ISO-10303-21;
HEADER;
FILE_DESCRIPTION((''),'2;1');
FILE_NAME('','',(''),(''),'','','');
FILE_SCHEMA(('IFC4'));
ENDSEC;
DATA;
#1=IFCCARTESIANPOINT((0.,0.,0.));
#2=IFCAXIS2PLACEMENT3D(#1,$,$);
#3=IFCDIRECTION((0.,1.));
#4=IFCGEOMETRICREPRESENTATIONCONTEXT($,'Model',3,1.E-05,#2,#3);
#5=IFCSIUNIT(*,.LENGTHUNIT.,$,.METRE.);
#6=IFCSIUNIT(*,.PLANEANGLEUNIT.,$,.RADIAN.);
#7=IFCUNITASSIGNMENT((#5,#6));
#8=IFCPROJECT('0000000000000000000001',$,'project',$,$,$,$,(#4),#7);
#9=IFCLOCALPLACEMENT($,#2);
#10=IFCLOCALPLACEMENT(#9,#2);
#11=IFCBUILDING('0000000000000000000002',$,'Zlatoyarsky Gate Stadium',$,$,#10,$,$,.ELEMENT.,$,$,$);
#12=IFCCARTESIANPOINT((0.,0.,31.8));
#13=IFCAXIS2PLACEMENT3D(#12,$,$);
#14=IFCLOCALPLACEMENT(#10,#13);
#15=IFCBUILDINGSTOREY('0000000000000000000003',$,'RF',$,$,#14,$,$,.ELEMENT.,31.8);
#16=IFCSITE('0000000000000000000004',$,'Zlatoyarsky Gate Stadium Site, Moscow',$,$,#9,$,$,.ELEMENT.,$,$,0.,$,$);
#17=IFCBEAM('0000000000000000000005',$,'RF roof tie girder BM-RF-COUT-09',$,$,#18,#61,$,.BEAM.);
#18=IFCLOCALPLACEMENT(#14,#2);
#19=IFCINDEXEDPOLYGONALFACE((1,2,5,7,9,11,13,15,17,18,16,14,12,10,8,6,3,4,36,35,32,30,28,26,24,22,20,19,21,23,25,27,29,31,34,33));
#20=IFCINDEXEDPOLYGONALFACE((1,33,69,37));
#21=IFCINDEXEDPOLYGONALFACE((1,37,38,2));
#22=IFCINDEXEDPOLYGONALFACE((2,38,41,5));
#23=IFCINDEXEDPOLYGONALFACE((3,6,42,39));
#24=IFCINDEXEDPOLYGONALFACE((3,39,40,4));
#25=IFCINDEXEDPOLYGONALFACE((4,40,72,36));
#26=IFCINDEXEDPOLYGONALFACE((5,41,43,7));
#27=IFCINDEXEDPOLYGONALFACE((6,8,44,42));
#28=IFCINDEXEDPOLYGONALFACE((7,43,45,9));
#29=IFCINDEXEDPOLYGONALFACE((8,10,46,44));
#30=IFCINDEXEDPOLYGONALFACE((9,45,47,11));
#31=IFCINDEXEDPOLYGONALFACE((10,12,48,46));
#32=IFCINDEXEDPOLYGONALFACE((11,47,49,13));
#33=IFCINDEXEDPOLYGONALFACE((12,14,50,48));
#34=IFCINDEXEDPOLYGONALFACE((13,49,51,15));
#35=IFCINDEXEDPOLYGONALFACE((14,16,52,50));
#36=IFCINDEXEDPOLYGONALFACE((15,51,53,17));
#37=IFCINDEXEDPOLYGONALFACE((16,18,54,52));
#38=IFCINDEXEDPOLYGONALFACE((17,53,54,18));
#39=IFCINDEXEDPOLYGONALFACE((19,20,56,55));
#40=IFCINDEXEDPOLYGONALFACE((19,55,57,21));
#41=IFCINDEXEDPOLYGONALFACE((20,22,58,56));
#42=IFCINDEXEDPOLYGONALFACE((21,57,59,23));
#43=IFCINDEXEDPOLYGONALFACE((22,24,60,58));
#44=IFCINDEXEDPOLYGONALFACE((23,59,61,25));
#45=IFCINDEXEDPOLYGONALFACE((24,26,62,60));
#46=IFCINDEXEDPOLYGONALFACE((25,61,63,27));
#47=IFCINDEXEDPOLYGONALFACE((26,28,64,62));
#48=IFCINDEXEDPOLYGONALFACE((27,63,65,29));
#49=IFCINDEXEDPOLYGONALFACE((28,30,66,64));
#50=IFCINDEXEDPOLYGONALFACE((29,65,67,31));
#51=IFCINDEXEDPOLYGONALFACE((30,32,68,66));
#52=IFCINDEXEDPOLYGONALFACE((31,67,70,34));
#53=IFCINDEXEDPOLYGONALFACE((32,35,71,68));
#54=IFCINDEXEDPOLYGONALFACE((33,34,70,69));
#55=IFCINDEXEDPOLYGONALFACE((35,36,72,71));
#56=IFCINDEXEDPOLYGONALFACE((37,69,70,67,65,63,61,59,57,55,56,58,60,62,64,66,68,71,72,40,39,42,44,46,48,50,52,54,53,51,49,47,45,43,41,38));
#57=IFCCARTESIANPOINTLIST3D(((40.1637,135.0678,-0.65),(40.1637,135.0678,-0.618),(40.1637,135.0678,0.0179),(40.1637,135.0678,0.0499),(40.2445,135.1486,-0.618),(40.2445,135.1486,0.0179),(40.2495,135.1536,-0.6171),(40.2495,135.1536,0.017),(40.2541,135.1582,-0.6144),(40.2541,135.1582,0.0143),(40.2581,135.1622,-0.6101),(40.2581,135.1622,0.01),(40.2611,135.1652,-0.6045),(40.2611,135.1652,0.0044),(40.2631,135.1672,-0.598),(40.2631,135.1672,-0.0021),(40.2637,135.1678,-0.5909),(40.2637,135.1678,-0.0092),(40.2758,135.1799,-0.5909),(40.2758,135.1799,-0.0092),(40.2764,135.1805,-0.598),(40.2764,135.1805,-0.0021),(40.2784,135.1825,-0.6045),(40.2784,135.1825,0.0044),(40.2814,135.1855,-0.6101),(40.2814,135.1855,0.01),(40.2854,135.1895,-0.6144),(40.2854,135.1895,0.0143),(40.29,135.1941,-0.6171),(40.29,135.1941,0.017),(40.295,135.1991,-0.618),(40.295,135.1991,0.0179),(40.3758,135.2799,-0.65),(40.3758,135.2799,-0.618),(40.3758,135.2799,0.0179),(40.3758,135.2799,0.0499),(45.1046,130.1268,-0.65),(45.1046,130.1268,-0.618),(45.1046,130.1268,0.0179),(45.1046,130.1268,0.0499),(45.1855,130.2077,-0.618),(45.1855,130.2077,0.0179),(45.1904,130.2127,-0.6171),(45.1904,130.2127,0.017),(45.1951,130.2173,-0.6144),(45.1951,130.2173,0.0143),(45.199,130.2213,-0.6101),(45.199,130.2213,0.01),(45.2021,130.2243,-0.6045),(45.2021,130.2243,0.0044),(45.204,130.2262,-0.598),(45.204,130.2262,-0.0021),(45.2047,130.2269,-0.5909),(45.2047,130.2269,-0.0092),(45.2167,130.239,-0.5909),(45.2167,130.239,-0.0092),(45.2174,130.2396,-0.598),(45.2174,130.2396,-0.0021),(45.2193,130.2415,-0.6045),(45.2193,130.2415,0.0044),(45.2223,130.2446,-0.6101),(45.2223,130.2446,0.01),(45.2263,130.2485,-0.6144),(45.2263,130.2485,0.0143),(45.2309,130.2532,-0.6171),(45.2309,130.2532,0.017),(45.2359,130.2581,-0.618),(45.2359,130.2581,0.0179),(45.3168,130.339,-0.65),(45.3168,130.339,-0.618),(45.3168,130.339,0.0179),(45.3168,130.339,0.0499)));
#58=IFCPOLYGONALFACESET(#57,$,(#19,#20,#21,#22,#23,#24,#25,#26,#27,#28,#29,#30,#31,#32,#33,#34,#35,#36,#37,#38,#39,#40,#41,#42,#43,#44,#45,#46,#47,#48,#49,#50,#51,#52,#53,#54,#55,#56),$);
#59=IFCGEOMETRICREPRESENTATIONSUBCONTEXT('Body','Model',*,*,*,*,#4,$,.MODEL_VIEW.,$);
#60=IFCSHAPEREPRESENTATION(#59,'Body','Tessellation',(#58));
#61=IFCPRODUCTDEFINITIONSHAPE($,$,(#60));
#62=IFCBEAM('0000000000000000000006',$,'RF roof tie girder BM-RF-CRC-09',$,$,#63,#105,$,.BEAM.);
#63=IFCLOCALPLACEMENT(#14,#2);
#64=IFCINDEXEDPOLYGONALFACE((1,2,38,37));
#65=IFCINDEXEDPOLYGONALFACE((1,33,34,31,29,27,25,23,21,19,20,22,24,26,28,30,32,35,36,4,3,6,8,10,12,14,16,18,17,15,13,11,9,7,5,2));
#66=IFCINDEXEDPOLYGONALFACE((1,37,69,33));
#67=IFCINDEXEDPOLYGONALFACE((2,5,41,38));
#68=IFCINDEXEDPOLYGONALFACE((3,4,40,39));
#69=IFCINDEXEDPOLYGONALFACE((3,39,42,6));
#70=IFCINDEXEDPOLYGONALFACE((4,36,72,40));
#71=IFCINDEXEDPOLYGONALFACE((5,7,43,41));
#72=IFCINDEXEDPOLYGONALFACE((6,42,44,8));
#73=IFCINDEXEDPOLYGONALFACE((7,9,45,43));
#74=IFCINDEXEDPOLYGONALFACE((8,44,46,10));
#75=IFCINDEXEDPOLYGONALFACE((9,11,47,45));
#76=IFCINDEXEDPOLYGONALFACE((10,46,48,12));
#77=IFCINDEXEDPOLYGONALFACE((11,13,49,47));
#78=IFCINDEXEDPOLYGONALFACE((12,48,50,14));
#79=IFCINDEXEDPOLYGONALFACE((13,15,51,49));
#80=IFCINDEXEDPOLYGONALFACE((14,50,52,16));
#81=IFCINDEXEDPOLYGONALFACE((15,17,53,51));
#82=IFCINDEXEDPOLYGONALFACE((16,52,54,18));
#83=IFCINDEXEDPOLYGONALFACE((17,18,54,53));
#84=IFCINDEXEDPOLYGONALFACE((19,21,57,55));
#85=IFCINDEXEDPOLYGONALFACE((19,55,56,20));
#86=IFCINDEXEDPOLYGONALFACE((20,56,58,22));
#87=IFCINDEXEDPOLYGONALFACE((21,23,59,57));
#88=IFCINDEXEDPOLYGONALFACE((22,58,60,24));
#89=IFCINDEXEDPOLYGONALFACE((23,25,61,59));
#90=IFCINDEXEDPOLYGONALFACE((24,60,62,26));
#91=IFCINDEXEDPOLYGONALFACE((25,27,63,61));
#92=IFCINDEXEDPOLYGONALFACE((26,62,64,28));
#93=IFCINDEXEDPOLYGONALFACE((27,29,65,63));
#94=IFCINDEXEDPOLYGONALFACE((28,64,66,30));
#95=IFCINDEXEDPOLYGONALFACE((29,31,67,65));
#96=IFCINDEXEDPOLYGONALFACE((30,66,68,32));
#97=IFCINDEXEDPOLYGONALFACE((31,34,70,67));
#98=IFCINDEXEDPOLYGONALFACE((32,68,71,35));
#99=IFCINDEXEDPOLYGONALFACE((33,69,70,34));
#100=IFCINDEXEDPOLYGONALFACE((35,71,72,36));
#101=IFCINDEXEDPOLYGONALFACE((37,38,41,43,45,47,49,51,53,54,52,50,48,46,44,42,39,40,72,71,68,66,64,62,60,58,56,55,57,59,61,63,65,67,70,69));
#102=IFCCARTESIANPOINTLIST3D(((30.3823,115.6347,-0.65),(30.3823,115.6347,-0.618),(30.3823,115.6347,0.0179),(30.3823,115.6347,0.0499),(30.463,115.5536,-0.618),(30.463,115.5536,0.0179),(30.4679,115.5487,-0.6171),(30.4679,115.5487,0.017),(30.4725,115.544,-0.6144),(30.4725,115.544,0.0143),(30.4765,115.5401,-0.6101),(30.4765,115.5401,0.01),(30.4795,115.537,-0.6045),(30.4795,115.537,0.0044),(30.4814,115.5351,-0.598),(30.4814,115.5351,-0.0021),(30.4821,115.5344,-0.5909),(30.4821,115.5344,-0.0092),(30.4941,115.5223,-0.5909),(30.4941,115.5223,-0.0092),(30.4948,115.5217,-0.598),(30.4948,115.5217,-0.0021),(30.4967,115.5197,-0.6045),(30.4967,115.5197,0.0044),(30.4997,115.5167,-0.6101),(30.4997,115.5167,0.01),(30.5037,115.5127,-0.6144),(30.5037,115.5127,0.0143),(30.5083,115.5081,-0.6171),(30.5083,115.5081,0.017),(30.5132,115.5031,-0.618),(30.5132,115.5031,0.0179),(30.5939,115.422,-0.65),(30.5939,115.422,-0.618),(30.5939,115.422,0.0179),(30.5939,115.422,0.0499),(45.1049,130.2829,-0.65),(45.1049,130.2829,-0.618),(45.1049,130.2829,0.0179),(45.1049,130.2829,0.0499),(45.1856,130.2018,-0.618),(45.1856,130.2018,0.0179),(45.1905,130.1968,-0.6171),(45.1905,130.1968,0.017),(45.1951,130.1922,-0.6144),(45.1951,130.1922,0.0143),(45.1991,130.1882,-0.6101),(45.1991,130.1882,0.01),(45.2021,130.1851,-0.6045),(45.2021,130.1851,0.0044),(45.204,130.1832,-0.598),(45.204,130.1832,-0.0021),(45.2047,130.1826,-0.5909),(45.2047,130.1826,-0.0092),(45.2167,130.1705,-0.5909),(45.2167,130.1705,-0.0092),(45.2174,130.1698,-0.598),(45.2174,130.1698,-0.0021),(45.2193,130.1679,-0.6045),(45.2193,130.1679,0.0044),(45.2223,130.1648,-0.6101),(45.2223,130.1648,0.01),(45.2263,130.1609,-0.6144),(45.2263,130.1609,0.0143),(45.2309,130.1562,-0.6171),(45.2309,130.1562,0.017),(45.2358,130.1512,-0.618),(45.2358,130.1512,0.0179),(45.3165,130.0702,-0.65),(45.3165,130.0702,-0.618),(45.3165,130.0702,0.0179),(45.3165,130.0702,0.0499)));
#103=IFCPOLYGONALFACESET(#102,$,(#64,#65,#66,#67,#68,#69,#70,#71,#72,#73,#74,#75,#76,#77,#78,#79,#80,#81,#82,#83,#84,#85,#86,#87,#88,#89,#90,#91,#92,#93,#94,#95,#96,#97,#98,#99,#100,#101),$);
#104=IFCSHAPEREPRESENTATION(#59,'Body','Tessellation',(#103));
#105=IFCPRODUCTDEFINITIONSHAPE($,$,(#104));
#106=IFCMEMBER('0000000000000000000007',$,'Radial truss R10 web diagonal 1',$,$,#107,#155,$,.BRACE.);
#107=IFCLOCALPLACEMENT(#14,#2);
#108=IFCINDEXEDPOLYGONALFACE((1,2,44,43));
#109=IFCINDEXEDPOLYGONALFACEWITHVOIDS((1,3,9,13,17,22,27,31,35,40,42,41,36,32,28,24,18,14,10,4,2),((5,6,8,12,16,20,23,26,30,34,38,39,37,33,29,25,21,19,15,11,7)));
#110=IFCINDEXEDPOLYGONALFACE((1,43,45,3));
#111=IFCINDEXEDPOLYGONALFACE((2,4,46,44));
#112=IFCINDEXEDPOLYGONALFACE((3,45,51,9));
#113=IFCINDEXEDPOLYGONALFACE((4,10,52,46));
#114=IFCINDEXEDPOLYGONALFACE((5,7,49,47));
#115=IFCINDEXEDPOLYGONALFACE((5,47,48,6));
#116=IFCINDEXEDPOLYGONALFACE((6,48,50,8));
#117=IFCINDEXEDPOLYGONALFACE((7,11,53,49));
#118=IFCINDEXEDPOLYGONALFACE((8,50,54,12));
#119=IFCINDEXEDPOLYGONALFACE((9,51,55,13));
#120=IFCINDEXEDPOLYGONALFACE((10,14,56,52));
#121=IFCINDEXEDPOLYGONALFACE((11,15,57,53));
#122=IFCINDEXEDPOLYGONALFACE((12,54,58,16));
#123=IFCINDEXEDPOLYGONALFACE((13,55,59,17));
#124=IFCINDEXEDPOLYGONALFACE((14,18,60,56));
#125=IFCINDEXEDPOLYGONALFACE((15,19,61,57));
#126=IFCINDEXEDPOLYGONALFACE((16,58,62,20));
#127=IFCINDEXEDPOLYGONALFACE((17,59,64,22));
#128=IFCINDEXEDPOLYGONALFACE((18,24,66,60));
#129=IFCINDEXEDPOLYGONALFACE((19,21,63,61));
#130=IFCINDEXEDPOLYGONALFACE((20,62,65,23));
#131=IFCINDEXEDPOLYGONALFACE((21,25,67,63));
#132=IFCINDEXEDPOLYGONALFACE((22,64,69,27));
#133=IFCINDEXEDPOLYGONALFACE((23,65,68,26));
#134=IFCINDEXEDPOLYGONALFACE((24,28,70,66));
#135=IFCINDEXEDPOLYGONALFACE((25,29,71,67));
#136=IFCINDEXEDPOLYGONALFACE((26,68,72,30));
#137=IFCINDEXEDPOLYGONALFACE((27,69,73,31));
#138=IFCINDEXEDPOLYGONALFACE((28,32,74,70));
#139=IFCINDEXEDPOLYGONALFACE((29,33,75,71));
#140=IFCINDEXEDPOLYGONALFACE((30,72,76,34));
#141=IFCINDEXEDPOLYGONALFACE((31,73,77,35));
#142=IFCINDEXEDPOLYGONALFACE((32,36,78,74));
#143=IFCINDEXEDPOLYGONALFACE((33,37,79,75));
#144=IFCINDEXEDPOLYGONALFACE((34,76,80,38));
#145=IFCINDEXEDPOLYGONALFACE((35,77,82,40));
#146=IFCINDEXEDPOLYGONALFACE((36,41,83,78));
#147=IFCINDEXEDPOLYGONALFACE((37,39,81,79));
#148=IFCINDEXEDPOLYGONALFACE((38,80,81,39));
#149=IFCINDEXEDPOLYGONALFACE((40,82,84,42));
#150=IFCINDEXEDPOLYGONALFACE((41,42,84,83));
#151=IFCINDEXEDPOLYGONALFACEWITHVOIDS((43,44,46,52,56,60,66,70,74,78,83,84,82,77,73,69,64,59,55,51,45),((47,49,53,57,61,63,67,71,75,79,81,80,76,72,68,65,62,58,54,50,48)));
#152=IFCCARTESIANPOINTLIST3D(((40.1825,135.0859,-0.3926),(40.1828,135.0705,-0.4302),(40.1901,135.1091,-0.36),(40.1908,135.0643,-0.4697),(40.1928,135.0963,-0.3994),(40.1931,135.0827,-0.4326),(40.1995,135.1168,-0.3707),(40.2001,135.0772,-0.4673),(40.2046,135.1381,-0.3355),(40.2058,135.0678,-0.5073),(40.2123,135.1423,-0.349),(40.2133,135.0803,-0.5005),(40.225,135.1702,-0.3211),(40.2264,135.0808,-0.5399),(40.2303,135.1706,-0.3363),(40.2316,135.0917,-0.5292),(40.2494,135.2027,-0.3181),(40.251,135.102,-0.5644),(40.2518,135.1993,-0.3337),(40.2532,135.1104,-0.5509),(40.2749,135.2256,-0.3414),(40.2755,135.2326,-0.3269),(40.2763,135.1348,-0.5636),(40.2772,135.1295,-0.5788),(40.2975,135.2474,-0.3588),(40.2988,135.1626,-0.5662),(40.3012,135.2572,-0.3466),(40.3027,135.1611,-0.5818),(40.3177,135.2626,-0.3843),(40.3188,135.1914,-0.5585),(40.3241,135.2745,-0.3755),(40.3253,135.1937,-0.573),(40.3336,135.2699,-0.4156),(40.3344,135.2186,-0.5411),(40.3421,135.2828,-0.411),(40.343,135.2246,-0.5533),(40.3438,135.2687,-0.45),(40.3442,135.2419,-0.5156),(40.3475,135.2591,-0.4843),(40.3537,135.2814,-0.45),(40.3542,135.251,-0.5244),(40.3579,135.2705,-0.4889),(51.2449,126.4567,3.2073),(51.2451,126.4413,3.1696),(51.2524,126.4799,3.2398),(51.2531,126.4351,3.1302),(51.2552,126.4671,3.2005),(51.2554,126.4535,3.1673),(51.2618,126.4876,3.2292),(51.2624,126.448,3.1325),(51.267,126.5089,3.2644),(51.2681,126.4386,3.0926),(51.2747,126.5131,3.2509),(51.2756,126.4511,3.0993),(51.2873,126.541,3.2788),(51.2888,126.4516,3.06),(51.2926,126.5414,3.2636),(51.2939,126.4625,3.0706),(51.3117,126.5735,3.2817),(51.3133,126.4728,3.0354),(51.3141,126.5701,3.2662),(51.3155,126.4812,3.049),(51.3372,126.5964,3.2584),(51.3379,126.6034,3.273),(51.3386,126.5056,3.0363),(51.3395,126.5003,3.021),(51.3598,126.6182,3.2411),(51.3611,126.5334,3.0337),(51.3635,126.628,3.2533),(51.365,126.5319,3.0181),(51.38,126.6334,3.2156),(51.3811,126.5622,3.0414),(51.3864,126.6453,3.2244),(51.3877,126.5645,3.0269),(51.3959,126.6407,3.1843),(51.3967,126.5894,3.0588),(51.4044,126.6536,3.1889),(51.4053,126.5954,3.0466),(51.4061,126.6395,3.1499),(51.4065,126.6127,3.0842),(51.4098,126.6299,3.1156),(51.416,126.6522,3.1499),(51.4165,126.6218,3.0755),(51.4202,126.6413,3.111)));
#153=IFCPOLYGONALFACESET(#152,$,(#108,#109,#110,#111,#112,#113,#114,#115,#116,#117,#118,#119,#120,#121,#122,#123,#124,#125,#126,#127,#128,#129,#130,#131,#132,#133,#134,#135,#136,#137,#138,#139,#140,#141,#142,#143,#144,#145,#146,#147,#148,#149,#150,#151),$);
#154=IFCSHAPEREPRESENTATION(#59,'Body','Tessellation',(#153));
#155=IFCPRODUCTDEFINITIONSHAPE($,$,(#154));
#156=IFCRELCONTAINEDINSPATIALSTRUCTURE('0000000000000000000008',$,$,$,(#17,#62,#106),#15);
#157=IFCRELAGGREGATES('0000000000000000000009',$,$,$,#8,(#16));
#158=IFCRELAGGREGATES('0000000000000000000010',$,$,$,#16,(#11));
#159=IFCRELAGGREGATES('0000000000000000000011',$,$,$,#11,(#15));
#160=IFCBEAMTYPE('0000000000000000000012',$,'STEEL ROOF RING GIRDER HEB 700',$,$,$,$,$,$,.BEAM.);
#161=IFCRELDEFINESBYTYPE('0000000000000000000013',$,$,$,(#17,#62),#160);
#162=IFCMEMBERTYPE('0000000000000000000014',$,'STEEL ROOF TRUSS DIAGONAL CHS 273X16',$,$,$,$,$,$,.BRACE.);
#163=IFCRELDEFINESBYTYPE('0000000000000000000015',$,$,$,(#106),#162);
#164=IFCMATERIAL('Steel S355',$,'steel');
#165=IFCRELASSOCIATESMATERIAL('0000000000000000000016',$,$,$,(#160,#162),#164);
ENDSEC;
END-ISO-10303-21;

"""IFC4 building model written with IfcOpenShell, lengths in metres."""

from ifc_helpers import new_model, si_unit, direction, frame, origin, origin_2d, place, context, subcontext, project, spatial, hollow_circle, i_section, extrude, material, material_profile, profile_set, type_object, element, save


model = new_model("IFC4")

# Units and contexts
model_context = context("Model", 3, precision=1e-05, world=origin(), true_north=direction((0.0, 1.0)))
body_context = subcontext(model_context, "Body", "Model", "MODEL_VIEW")
ifc_project = project(units=[si_unit("LENGTHUNIT", "METRE"), si_unit("PLANEANGLEUNIT", "RADIAN")], contexts=[model_context])

# Site, building, storey
site_placement = place(None, origin())
site = spatial("IfcSite", under=ifc_project, at=site_placement, Name="Zlatoyarsky Gate Stadium Site, Moscow", CompositionType="ELEMENT", RefElevation=0.0)
building_placement = place(site_placement, origin())
building = spatial("IfcBuilding", under=site, at=building_placement, Name="Zlatoyarsky Gate Stadium", CompositionType="ELEMENT")
storey_placement = place(building_placement, frame((0.0, 0.0, 31.8)))
storey = spatial("IfcBuildingStorey", under=building, at=storey_placement, Name="RF", CompositionType="ELEMENT", Elevation=31.8)

# Shared definitions
ifc_material_1 = material(Name="Steel S355", Category="steel")

# Beams
ifc_material_profile_1 = material_profile(ifc_material_1, i_section(OverallWidth=0.3, OverallDepth=0.7, WebThickness=0.0171, FlangeThickness=0.032, FilletRadius=0.0271, at=origin_2d()), Name="HEB 700")
ifc_profile_set_1 = profile_set([ifc_material_profile_1], Name="Steel S355")
beam_type = type_object("IfcBeamType", Name="STEEL ROOF RING GIRDER HEB 700", PredefinedType="BEAM", material=ifc_profile_set_1)
beam_1_placement = place(storey_placement, frame((45.2107, 130.2329, -0.3), z_axis=(-0.707107, 0.707107, 0.0), x_axis=(-0.707107, -0.707107, 0.0)))
element("IfcBeam", 1, at=beam_1_placement, inside=storey, type_object=beam_type, Name="RF roof tie girder BM-RF-COUT-09", PredefinedType="BEAM", context=body_context, shape_type="SweptSolid", body=[
    extrude(i_section(OverallWidth=0.3, OverallDepth=0.7, WebThickness=0.0171, FlangeThickness=0.032, FilletRadius=0.0271, at=origin_2d()), origin(), (0.0, 0.0, 1.0), 6.9875),
])
beam_2_placement = place(storey_placement, frame((45.2107, 130.1765, -0.3), z_axis=(-0.708897, -0.705312, 0.0), x_axis=(0.705312, -0.708897, 0.0)))
element("IfcBeam", 2, at=beam_2_placement, inside=storey, type_object=beam_type, Name="RF roof tie girder BM-RF-CRC-09", PredefinedType="BEAM", context=body_context, shape_type="SweptSolid", body=[
    extrude(i_section(OverallWidth=0.3, OverallDepth=0.7, WebThickness=0.0171, FlangeThickness=0.032, FilletRadius=0.0271, at=origin_2d()), origin(), (0.0, 0.0, 1.0), 20.7683),
])

# Member
ifc_material_profile_2 = material_profile(ifc_material_1, hollow_circle(Radius=0.1365, WallThickness=0.0161, at=origin_2d()), Name="CHS 273X16")
ifc_profile_set_2 = profile_set([ifc_material_profile_2], Name="Steel S355")
member_type_1 = type_object("IfcMemberType", Name="STEEL ROOF TRUSS DIAGONAL CHS 273X16", PredefinedType="BRACE", material=ifc_profile_set_2)
member_1_placement = place(storey_placement, frame((40.2698, 135.1738, -0.45), z_axis=(0.763742, -0.595759, 0.248535), x_axis=(0.615058, 0.788482, 0.0)))
element("IfcMember", 3, at=member_1_placement, inside=storey, type_object=member_type_1, Name="Radial truss R10 web diagonal 1", PredefinedType="BRACE", context=body_context, shape_type="SweptSolid", body=[
    extrude(hollow_circle(Radius=0.1365, WallThickness=0.0161, at=origin_2d()), origin(), (0.0, 0.0, 1.0), 14.4844),
])

save(model, "model.ifc")
